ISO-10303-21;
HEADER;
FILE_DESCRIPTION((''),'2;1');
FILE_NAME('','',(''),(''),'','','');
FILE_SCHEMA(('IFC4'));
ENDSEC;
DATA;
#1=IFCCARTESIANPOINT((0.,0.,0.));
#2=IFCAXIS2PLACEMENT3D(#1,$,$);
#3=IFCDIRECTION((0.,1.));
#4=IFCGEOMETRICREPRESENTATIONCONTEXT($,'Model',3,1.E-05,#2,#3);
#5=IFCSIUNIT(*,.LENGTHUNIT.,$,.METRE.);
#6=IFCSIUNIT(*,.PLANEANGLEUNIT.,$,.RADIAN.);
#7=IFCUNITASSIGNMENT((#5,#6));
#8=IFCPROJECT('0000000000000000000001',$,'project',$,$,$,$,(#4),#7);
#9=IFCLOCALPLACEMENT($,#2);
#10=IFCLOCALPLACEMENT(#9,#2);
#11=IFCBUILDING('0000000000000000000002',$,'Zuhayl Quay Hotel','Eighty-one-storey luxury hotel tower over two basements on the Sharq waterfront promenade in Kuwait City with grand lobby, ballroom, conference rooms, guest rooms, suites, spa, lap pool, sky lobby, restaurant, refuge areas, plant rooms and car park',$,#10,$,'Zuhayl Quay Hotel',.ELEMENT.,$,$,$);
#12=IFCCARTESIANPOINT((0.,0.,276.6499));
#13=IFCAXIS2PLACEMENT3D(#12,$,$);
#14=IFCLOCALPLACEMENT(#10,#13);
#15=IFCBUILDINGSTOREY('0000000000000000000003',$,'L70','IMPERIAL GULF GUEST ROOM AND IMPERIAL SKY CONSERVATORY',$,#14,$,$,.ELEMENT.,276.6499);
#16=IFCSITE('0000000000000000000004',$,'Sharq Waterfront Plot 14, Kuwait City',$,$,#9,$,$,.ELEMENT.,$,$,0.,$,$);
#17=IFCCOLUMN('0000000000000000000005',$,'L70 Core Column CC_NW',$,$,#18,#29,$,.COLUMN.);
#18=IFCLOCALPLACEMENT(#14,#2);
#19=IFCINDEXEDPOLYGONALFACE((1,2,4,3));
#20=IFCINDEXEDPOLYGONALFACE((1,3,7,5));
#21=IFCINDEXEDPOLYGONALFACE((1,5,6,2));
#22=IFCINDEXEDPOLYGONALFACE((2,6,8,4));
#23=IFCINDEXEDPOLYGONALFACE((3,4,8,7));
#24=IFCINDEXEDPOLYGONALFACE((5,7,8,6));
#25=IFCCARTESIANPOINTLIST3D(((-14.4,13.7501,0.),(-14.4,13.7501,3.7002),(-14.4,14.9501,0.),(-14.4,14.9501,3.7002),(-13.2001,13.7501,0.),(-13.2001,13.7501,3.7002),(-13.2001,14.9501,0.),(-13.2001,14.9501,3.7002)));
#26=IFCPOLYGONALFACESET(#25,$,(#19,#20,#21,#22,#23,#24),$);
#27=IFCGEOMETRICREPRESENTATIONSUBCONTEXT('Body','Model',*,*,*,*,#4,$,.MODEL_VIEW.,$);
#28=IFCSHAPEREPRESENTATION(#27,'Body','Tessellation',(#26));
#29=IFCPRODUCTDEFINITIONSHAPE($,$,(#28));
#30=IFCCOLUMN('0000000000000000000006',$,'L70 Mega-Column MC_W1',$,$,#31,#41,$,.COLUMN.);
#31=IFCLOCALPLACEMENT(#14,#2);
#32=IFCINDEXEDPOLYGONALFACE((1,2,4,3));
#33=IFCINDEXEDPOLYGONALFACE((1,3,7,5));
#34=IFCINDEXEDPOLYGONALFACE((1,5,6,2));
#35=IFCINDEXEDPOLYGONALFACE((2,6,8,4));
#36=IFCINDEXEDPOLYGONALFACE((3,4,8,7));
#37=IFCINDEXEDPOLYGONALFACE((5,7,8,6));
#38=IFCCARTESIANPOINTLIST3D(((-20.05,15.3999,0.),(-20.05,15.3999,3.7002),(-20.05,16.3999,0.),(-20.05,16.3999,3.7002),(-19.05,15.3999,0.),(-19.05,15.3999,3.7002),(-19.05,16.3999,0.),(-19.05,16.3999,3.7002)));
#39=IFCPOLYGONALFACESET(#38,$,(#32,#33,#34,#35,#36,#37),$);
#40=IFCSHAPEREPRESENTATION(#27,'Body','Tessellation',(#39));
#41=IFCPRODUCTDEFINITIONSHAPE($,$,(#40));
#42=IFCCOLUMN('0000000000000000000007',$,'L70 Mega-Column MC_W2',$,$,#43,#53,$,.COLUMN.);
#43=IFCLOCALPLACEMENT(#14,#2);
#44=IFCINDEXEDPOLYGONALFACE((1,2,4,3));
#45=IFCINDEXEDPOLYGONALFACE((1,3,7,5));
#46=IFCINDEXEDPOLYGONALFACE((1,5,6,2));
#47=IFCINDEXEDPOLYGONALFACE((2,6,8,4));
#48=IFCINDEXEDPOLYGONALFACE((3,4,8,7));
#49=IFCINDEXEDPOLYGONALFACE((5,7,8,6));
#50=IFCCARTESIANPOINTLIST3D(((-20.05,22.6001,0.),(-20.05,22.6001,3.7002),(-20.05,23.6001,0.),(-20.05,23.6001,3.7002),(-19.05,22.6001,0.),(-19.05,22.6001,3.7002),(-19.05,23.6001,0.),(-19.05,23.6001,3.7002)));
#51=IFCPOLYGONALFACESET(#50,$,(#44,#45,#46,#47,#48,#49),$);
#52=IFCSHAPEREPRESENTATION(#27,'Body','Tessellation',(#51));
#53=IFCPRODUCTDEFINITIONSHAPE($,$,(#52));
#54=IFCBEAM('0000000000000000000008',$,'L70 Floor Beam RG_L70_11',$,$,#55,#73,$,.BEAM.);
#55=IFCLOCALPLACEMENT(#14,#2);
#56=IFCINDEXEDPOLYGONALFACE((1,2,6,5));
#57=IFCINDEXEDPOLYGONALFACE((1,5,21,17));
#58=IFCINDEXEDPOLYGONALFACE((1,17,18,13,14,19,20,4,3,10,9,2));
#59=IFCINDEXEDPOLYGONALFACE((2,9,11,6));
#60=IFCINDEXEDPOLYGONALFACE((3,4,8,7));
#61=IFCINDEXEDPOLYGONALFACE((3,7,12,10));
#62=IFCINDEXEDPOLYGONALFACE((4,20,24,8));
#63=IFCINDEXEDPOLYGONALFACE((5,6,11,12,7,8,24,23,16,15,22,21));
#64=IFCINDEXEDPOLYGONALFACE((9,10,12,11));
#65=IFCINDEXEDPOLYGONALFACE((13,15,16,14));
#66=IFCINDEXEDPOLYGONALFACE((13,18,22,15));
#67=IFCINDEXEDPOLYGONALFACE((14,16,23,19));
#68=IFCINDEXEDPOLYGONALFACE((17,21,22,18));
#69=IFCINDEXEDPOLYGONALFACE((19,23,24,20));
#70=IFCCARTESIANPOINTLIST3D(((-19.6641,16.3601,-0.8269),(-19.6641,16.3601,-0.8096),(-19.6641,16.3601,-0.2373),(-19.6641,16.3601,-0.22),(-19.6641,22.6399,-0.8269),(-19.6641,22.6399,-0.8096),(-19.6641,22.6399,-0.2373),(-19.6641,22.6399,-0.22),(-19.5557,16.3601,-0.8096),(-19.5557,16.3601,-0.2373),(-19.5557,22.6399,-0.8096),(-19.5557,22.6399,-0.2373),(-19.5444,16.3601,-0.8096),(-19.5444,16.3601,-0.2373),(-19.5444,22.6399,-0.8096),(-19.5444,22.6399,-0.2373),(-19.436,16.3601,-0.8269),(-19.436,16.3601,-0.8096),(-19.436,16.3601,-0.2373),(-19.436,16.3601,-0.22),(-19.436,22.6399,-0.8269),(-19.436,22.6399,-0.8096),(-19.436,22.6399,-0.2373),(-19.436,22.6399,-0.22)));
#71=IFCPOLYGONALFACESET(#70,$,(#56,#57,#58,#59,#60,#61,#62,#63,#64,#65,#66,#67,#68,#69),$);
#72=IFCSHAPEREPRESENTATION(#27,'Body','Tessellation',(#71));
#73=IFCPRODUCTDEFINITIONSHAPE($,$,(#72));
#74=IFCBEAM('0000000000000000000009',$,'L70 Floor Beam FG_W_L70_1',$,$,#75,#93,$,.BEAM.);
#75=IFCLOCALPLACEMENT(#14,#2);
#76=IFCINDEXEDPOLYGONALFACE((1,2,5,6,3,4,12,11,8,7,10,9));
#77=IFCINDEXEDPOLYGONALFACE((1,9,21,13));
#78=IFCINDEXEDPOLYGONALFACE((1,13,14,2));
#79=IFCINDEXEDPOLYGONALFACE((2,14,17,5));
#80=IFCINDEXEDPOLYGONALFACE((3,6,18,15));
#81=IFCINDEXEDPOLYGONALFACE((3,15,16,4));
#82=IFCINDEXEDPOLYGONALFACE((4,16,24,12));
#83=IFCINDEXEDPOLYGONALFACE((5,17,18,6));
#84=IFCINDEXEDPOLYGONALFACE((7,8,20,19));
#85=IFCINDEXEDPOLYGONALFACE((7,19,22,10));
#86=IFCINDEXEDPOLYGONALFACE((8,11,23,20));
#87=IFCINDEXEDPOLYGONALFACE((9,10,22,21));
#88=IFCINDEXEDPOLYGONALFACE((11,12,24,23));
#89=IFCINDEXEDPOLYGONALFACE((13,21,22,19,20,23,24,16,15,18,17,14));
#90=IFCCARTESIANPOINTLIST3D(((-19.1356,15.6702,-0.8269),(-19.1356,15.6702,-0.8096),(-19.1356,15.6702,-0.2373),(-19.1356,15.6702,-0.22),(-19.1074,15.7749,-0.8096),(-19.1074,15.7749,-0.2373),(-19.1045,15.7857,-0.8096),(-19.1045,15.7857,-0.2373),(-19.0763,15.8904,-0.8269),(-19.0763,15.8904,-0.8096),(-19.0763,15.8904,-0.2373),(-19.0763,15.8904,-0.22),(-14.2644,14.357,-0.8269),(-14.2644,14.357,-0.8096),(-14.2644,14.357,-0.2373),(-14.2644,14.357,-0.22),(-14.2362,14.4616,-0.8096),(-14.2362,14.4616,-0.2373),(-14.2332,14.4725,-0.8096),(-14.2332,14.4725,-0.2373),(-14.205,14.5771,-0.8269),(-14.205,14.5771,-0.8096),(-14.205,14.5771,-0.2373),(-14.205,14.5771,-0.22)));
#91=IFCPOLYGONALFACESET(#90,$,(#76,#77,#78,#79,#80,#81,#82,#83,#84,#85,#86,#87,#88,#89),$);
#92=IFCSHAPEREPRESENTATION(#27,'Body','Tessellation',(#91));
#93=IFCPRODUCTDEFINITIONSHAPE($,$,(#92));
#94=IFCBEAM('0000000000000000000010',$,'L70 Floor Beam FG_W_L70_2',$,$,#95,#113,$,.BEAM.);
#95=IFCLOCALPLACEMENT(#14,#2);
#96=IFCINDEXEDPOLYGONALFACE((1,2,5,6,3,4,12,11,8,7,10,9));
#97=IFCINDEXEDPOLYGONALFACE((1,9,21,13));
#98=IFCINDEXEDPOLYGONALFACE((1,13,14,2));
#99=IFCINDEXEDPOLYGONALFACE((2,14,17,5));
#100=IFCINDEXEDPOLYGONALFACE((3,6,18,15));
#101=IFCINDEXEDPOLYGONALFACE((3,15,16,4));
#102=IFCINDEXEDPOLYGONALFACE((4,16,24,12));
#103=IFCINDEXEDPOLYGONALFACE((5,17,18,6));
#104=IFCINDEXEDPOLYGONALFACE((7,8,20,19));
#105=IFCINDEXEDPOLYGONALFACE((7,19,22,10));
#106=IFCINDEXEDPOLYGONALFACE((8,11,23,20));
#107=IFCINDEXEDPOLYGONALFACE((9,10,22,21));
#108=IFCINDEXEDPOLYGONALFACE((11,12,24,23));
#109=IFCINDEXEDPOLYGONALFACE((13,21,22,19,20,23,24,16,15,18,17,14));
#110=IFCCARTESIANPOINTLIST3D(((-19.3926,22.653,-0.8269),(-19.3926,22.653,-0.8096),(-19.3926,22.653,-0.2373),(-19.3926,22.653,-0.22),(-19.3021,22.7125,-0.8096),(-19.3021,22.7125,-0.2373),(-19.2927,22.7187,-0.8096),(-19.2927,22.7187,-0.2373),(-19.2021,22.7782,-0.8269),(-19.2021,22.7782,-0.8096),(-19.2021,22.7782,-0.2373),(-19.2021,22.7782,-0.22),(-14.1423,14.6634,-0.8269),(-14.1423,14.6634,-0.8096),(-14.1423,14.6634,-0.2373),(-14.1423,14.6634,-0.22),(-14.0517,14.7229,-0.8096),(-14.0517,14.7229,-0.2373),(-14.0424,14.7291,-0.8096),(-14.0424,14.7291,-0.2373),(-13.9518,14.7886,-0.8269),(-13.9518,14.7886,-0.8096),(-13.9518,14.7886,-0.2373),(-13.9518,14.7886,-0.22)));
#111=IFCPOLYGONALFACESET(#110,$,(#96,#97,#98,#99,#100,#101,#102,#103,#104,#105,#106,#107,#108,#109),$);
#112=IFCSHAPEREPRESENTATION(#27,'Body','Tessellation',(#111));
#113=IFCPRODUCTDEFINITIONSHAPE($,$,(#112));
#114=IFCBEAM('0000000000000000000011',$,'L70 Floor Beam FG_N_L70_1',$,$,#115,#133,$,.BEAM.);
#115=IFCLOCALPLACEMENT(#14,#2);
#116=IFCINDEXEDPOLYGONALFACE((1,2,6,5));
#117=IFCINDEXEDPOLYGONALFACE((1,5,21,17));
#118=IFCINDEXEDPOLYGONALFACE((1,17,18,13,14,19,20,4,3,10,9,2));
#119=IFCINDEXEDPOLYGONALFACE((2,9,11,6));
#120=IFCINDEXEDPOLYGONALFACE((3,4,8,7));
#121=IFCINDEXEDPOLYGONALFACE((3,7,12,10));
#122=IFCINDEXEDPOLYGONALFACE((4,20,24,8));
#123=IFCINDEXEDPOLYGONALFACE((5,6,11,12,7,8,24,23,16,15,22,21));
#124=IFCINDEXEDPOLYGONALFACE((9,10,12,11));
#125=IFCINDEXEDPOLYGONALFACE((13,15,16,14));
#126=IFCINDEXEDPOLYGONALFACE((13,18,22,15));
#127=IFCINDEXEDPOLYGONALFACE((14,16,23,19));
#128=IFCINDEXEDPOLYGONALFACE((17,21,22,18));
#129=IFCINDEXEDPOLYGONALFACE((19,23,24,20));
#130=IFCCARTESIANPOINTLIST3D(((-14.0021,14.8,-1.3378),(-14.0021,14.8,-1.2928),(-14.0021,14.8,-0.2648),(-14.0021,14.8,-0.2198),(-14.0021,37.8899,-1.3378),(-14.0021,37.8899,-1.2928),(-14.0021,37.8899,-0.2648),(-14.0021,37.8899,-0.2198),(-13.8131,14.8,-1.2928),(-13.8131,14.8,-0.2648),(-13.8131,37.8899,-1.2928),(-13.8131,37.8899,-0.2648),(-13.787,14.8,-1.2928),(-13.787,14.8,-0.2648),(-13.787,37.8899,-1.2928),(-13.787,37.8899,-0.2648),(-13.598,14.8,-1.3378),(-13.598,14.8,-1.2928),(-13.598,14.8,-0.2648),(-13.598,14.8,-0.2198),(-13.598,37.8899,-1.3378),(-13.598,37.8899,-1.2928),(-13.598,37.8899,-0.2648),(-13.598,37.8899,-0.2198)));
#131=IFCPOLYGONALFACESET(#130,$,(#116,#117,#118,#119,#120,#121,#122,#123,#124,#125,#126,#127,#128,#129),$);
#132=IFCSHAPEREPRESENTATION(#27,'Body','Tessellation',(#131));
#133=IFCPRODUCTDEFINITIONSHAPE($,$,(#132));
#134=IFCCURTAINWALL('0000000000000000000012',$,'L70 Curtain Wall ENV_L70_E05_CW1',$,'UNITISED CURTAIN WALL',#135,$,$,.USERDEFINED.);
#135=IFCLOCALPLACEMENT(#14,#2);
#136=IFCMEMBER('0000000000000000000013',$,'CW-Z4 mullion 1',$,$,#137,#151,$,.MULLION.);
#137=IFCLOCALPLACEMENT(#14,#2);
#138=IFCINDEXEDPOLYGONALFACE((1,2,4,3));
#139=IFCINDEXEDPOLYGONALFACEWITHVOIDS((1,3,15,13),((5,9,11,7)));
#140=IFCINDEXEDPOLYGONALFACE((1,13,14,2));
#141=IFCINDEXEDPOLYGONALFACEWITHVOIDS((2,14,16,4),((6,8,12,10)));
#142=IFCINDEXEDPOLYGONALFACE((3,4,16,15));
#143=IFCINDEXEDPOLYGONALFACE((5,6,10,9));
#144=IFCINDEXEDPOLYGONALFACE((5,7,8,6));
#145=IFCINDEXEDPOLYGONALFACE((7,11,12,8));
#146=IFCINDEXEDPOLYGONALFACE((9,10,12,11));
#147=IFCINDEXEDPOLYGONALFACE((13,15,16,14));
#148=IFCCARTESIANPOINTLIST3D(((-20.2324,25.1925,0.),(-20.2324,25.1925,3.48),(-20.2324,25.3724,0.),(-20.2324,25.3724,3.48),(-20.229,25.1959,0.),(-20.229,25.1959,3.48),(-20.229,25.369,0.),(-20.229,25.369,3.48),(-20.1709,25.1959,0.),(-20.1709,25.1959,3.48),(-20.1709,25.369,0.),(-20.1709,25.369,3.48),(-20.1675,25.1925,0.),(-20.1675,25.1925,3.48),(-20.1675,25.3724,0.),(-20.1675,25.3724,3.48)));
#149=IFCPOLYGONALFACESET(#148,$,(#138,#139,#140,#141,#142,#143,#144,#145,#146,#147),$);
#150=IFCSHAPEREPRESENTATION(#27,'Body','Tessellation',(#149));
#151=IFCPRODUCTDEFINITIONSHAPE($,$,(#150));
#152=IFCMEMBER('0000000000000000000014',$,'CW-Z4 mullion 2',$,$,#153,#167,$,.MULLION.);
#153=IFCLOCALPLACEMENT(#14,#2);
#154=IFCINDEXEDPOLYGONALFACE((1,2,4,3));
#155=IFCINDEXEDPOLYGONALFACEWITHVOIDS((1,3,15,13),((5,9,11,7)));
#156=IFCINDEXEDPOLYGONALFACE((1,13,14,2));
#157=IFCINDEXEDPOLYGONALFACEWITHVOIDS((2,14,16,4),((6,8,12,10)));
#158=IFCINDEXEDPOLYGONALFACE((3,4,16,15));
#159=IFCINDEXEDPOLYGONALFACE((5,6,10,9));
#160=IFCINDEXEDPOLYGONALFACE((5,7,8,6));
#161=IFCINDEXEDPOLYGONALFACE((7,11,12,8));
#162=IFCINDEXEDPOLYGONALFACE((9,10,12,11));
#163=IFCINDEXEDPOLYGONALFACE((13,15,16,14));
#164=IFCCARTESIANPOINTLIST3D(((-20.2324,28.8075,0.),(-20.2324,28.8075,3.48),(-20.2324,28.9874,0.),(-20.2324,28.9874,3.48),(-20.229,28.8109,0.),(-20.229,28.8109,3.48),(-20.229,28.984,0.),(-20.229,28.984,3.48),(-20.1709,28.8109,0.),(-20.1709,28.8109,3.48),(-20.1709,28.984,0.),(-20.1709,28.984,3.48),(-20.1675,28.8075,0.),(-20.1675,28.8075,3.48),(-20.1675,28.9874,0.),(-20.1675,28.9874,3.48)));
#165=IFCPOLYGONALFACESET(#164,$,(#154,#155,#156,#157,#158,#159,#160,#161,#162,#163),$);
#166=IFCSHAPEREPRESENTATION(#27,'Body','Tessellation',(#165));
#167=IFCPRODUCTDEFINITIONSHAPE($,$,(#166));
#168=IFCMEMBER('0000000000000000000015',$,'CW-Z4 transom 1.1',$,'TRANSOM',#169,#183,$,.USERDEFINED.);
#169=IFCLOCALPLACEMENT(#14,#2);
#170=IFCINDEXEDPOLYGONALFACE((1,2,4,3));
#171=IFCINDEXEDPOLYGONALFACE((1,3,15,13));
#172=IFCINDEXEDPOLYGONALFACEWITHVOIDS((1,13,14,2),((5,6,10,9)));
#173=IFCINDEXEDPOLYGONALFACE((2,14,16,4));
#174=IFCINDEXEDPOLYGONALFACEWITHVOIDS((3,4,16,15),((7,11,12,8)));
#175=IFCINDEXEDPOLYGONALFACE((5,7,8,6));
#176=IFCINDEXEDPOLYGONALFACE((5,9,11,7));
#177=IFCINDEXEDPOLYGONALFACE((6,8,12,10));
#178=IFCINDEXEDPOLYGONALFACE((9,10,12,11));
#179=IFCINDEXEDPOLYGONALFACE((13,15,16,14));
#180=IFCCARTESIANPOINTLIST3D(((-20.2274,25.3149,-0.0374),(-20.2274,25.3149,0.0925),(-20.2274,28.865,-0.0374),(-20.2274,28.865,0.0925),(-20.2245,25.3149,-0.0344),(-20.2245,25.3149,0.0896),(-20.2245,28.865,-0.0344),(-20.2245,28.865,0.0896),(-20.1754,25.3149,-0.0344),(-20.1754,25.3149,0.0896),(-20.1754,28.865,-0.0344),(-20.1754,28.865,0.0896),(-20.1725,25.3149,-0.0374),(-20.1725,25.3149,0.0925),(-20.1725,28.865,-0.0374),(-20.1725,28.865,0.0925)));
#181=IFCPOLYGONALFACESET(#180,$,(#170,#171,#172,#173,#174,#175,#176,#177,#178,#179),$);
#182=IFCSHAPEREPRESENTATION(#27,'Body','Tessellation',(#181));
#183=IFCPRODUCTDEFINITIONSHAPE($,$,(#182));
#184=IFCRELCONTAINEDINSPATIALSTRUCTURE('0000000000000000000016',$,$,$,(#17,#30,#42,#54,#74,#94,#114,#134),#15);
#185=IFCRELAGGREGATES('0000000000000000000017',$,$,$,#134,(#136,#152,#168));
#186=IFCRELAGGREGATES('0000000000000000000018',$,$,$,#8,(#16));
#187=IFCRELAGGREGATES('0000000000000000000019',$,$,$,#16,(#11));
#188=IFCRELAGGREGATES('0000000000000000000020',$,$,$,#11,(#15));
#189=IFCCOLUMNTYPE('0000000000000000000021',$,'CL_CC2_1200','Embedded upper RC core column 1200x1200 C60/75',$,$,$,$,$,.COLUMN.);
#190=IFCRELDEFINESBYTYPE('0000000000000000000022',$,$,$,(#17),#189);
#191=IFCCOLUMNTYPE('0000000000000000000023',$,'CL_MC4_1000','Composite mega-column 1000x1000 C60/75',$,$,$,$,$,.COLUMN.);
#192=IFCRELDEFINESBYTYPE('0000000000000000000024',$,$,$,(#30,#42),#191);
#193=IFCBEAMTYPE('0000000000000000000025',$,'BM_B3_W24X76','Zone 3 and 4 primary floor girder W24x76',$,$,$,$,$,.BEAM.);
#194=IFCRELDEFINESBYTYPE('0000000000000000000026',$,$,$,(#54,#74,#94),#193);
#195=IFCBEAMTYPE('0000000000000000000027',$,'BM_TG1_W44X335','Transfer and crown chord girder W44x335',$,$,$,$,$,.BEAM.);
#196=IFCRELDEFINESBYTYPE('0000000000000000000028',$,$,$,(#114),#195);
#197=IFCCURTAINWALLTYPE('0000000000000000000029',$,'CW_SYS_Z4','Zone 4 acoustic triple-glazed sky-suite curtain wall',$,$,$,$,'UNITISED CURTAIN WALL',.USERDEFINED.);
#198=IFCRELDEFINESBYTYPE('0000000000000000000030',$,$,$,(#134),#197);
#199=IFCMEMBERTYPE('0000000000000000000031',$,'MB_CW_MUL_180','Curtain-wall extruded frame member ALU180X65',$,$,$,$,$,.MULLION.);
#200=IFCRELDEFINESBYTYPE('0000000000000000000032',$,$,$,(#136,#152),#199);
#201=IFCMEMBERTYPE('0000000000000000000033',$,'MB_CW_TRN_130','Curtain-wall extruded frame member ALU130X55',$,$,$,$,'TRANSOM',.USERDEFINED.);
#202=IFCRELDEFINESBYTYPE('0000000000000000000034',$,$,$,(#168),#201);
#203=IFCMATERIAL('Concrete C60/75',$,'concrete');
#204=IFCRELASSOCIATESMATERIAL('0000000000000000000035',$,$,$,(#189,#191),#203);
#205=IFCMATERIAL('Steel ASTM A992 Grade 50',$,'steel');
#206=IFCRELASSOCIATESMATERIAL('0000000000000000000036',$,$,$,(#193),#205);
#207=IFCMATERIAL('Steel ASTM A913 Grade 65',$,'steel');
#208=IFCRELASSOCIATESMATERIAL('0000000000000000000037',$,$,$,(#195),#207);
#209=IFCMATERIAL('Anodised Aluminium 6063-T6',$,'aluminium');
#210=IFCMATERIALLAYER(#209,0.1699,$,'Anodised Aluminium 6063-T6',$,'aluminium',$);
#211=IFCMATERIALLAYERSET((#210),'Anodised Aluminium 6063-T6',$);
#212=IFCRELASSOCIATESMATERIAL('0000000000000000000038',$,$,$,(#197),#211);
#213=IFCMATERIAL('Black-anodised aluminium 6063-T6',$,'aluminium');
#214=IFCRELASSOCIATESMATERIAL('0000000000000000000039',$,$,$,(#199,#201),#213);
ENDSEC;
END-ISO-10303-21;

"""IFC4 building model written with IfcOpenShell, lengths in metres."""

from ifc_helpers import new_model, si_unit, direction, frame, origin, origin_2d, place, context, subcontext, project, spatial, rectangle, hollow_rectangle, i_section, extrude, material, layer, layer_set, material_profile, profile_set, type_object, element, aggregate, save


model = new_model("IFC4")

# Units and contexts
model_context = context("Model", 3, precision=1e-05, world=origin(), true_north=direction((0.0, 1.0)))
body_context = subcontext(model_context, "Body", "Model", "MODEL_VIEW")
ifc_project = project(units=[si_unit("LENGTHUNIT", "METRE"), si_unit("PLANEANGLEUNIT", "RADIAN")], contexts=[model_context])

# Site, building, storey
site_placement = place(None, origin())
site = spatial("IfcSite", under=ifc_project, at=site_placement, Name="Sharq Waterfront Plot 14, Kuwait City", CompositionType="ELEMENT", RefElevation=0.0)
building_placement = place(site_placement, origin())
building = spatial("IfcBuilding", under=site, at=building_placement, Name="Zuhayl Quay Hotel", Description="Eighty-one-storey luxury hotel tower over two basements on the Sharq waterfront promenade in Kuwait City with grand lobby, ballroom, conference rooms, guest rooms, suites, spa, lap pool, sky lobby, restaurant, refuge areas, plant rooms and car park", LongName="Zuhayl Quay Hotel", CompositionType="ELEMENT")
storey_placement = place(building_placement, frame((0.0, 0.0, 276.6499)))
storey = spatial("IfcBuildingStorey", under=building, at=storey_placement, Name="L70", Description="IMPERIAL GULF GUEST ROOM AND IMPERIAL SKY CONSERVATORY", CompositionType="ELEMENT", Elevation=276.6499)

# Columns
ifc_material_1 = material(Name="Concrete C60/75", Category="concrete")
ifc_material_profile_1 = material_profile(ifc_material_1, rectangle(XDim=1.2, YDim=1.2, at=origin_2d()), Name="RC1200X1200")
ifc_profile_set_1 = profile_set([ifc_material_profile_1], Name="Concrete C60/75")
column_type_1 = type_object("IfcColumnType", Name="CL_CC2_1200", Description="Embedded upper RC core column 1200x1200 C60/75", PredefinedType="COLUMN", material=ifc_profile_set_1)
column_placement = place(storey_placement, frame((-13.8, 14.3501, 0.0), z_axis=(0.0, 0.0, 1.0), x_axis=(1.0, 0.0, 0.0)))
element("IfcColumn", 1, at=column_placement, inside=storey, type_object=column_type_1, Name="L70 Core Column CC_NW", PredefinedType="COLUMN", context=body_context, shape_type="SweptSolid", body=[
    extrude(rectangle(XDim=1.2, YDim=1.2, at=origin_2d()), origin(), (0.0, 0.0, 1.0), 3.7002),
])
ifc_material_profile_2 = material_profile(ifc_material_1, rectangle(XDim=1.0, YDim=1.0, at=origin_2d()), Name="RC1000X1000")
ifc_profile_set_2 = profile_set([ifc_material_profile_2], Name="Concrete C60/75")
column_type_2 = type_object("IfcColumnType", Name="CL_MC4_1000", Description="Composite mega-column 1000x1000 C60/75", PredefinedType="COLUMN", material=ifc_profile_set_2)
for number, where, z_axis, x_axis, name in (
    (2, (-19.55, 15.8999, 0.0), (0.0, 0.0, 1.0), (1.0, 0.0, 0.0), "L70 Mega-Column MC_W1"),
    (3, (-19.55, 23.1001, 0.0), (0.0, 0.0, 1.0), (1.0, 0.0, 0.0), "L70 Mega-Column MC_W2"),
):
    element("IfcColumn", number, at=place(storey_placement, frame(where, z_axis=z_axis, x_axis=x_axis)), inside=storey, type_object=column_type_2, Name=name, PredefinedType="COLUMN", context=body_context, shape_type="SweptSolid", body=[
        extrude(rectangle(XDim=1.0, YDim=1.0, at=origin_2d()), origin(), (0.0, 0.0, 1.0), 3.7002),
    ])

# Beams
ifc_material_2 = material(Name="Steel ASTM A992 Grade 50", Category="steel")
ifc_material_profile_3 = material_profile(ifc_material_2, i_section(OverallWidth=0.228, OverallDepth=0.6069, WebThickness=0.0112, FlangeThickness=0.0173, at=origin_2d()), Name="W24X76")
ifc_profile_set_3 = profile_set([ifc_material_profile_3], Name="Steel ASTM A992 Grade 50")
beam_type_1 = type_object("IfcBeamType", Name="BM_B3_W24X76", Description="Zone 3 and 4 primary floor girder W24x76", PredefinedType="BEAM", material=ifc_profile_set_3)
beam_1_placement = place(storey_placement, frame((-19.55, 22.6399, -0.5234), z_axis=(0.0, -1.0, 0.0), x_axis=(1.0, 0.0, 0.0)))
element("IfcBeam", 4, at=beam_1_placement, inside=storey, type_object=beam_type_1, Name="L70 Floor Beam RG_L70_11", PredefinedType="BEAM", context=body_context, shape_type="SweptSolid", body=[
    extrude(i_section(OverallWidth=0.228, OverallDepth=0.6069, WebThickness=0.0112, FlangeThickness=0.0173, at=origin_2d()), origin(), (0.0, 0.0, 1.0), 6.2798),
])
beam_2_placement = place(storey_placement, frame((-19.106, 15.7803, -0.5234), z_axis=(0.96553, -0.260291, 0.0), x_axis=(0.260291, 0.96553, 0.0)))
element("IfcBeam", 5, at=beam_2_placement, inside=storey, type_object=beam_type_1, Name="L70 Floor Beam FG_W_L70_1", PredefinedType="BEAM", context=body_context, shape_type="SweptSolid", body=[
    extrude(i_section(OverallWidth=0.228, OverallDepth=0.6069, WebThickness=0.0112, FlangeThickness=0.0173, at=origin_2d()), origin(), (0.0, 0.0, 1.0), 5.0452),
])
beam_3_placement = place(storey_placement, frame((-19.2974, 22.7156, -0.5234), z_axis=(0.549178, -0.835705, 0.0), x_axis=(0.835705, 0.549178, 0.0)))
element("IfcBeam", 6, at=beam_3_placement, inside=storey, type_object=beam_type_1, Name="L70 Floor Beam FG_W_L70_2", PredefinedType="BEAM", context=body_context, shape_type="SweptSolid", body=[
    extrude(i_section(OverallWidth=0.228, OverallDepth=0.6069, WebThickness=0.0112, FlangeThickness=0.0173, at=origin_2d()), origin(), (0.0, 0.0, 1.0), 9.5603),
])
ifc_material_3 = material(Name="Steel ASTM A913 Grade 65", Category="steel")
ifc_material_profile_4 = material_profile(ifc_material_3, i_section(OverallWidth=0.4041, OverallDepth=1.1179, WebThickness=0.0261, FlangeThickness=0.0449, at=origin_2d()), Name="W44X335")
ifc_profile_set_4 = profile_set([ifc_material_profile_4], Name="Steel ASTM A913 Grade 65")
beam_type_2 = type_object("IfcBeamType", Name="BM_TG1_W44X335", Description="Transfer and crown chord girder W44x335", PredefinedType="BEAM", material=ifc_profile_set_4)
beam_4_placement = place(storey_placement, frame((-13.8, 14.8, -0.7788), z_axis=(0.0, 1.0, 0.0), x_axis=(-1.0, 0.0, 0.0)))
element("IfcBeam", 7, at=beam_4_placement, inside=storey, type_object=beam_type_2, Name="L70 Floor Beam FG_N_L70_1", PredefinedType="BEAM", context=body_context, shape_type="SweptSolid", body=[
    extrude(i_section(OverallWidth=0.4041, OverallDepth=1.1179, WebThickness=0.0261, FlangeThickness=0.0449, at=origin_2d()), origin(), (0.0, 0.0, 1.0), 23.0898),
])

# Curtain wall, members
ifc_material_4 = material(Name="Anodised Aluminium 6063-T6", Category="aluminium")
ifc_layer_1 = layer(ifc_material_4, 0.1699, Name="Anodised Aluminium 6063-T6", Category="aluminium")
ifc_layer_set_1 = layer_set([ifc_layer_1], Name="Anodised Aluminium 6063-T6")
curtain_wall_type = type_object("IfcCurtainWallType", Name="CW_SYS_Z4", Description="Zone 4 acoustic triple-glazed sky-suite curtain wall", ElementType="UNITISED CURTAIN WALL", PredefinedType="USERDEFINED", material=ifc_layer_set_1)
curtain_wall_placement = place(storey_placement, origin())
curtain_wall = element("IfcCurtainWall", 8, at=curtain_wall_placement, inside=storey, type_object=curtain_wall_type, Name="L70 Curtain Wall ENV_L70_E05_CW1", ObjectType="UNITISED CURTAIN WALL", PredefinedType="USERDEFINED")
ifc_material_5 = material(Name="Black-anodised aluminium 6063-T6", Category="aluminium")
ifc_material_profile_5 = material_profile(ifc_material_5, hollow_rectangle(XDim=0.0649, YDim=0.1799, WallThickness=0.0034, at=origin_2d()), Name="ALU180X65")
ifc_profile_set_5 = profile_set([ifc_material_profile_5], Name="Black-anodised aluminium 6063-T6")
member_type_1 = type_object("IfcMemberType", Name="MB_CW_MUL_180", Description="Curtain-wall extruded frame member ALU180X65", PredefinedType="MULLION", material=ifc_profile_set_5)
member_1_placement = place(storey_placement, frame((-20.2, 25.2825, 0.0), z_axis=(0.0, 0.0, 1.0), x_axis=(-1.0, 0.0, 0.0)))
member_1 = element("IfcMember", 9, at=member_1_placement, type_object=member_type_1, Name="CW-Z4 mullion 1", PredefinedType="MULLION", context=body_context, shape_type="SweptSolid", body=[
    extrude(hollow_rectangle(XDim=0.0649, YDim=0.1799, WallThickness=0.0034, at=origin_2d()), origin(), (0.0, 0.0, 1.0), 3.48),
])
member_2_placement = place(storey_placement, frame((-20.2, 28.8975, 0.0), z_axis=(0.0, 0.0, 1.0), x_axis=(-1.0, 0.0, 0.0)))
member_2 = element("IfcMember", 10, at=member_2_placement, type_object=member_type_1, Name="CW-Z4 mullion 2", PredefinedType="MULLION", context=body_context, shape_type="SweptSolid", body=[
    extrude(hollow_rectangle(XDim=0.0649, YDim=0.1799, WallThickness=0.0034, at=origin_2d()), origin(), (0.0, 0.0, 1.0), 3.48),
])
ifc_material_profile_6 = material_profile(ifc_material_5, hollow_rectangle(XDim=0.0549, YDim=0.1299, WallThickness=0.0029, at=origin_2d()), Name="ALU130X55")
ifc_profile_set_6 = profile_set([ifc_material_profile_6], Name="Black-anodised aluminium 6063-T6")
member_type_2 = type_object("IfcMemberType", Name="MB_CW_TRN_130", Description="Curtain-wall extruded frame member ALU130X55", ElementType="TRANSOM", PredefinedType="USERDEFINED", material=ifc_profile_set_6)
member_3_placement = place(storey_placement, frame((-20.2, 25.3149, 0.0276), z_axis=(0.0, 1.0, 0.0), x_axis=(-1.0, 0.0, 0.0)))
member_3 = element("IfcMember", 11, at=member_3_placement, type_object=member_type_2, Name="CW-Z4 transom 1.1", ObjectType="TRANSOM", PredefinedType="USERDEFINED", context=body_context, shape_type="SweptSolid", body=[
    extrude(hollow_rectangle(XDim=0.0549, YDim=0.1299, WallThickness=0.0029, at=origin_2d()), origin(), (0.0, 0.0, 1.0), 3.55),
])
aggregate(curtain_wall, [member_1, member_2, member_3])

save(model, "model.ifc")
